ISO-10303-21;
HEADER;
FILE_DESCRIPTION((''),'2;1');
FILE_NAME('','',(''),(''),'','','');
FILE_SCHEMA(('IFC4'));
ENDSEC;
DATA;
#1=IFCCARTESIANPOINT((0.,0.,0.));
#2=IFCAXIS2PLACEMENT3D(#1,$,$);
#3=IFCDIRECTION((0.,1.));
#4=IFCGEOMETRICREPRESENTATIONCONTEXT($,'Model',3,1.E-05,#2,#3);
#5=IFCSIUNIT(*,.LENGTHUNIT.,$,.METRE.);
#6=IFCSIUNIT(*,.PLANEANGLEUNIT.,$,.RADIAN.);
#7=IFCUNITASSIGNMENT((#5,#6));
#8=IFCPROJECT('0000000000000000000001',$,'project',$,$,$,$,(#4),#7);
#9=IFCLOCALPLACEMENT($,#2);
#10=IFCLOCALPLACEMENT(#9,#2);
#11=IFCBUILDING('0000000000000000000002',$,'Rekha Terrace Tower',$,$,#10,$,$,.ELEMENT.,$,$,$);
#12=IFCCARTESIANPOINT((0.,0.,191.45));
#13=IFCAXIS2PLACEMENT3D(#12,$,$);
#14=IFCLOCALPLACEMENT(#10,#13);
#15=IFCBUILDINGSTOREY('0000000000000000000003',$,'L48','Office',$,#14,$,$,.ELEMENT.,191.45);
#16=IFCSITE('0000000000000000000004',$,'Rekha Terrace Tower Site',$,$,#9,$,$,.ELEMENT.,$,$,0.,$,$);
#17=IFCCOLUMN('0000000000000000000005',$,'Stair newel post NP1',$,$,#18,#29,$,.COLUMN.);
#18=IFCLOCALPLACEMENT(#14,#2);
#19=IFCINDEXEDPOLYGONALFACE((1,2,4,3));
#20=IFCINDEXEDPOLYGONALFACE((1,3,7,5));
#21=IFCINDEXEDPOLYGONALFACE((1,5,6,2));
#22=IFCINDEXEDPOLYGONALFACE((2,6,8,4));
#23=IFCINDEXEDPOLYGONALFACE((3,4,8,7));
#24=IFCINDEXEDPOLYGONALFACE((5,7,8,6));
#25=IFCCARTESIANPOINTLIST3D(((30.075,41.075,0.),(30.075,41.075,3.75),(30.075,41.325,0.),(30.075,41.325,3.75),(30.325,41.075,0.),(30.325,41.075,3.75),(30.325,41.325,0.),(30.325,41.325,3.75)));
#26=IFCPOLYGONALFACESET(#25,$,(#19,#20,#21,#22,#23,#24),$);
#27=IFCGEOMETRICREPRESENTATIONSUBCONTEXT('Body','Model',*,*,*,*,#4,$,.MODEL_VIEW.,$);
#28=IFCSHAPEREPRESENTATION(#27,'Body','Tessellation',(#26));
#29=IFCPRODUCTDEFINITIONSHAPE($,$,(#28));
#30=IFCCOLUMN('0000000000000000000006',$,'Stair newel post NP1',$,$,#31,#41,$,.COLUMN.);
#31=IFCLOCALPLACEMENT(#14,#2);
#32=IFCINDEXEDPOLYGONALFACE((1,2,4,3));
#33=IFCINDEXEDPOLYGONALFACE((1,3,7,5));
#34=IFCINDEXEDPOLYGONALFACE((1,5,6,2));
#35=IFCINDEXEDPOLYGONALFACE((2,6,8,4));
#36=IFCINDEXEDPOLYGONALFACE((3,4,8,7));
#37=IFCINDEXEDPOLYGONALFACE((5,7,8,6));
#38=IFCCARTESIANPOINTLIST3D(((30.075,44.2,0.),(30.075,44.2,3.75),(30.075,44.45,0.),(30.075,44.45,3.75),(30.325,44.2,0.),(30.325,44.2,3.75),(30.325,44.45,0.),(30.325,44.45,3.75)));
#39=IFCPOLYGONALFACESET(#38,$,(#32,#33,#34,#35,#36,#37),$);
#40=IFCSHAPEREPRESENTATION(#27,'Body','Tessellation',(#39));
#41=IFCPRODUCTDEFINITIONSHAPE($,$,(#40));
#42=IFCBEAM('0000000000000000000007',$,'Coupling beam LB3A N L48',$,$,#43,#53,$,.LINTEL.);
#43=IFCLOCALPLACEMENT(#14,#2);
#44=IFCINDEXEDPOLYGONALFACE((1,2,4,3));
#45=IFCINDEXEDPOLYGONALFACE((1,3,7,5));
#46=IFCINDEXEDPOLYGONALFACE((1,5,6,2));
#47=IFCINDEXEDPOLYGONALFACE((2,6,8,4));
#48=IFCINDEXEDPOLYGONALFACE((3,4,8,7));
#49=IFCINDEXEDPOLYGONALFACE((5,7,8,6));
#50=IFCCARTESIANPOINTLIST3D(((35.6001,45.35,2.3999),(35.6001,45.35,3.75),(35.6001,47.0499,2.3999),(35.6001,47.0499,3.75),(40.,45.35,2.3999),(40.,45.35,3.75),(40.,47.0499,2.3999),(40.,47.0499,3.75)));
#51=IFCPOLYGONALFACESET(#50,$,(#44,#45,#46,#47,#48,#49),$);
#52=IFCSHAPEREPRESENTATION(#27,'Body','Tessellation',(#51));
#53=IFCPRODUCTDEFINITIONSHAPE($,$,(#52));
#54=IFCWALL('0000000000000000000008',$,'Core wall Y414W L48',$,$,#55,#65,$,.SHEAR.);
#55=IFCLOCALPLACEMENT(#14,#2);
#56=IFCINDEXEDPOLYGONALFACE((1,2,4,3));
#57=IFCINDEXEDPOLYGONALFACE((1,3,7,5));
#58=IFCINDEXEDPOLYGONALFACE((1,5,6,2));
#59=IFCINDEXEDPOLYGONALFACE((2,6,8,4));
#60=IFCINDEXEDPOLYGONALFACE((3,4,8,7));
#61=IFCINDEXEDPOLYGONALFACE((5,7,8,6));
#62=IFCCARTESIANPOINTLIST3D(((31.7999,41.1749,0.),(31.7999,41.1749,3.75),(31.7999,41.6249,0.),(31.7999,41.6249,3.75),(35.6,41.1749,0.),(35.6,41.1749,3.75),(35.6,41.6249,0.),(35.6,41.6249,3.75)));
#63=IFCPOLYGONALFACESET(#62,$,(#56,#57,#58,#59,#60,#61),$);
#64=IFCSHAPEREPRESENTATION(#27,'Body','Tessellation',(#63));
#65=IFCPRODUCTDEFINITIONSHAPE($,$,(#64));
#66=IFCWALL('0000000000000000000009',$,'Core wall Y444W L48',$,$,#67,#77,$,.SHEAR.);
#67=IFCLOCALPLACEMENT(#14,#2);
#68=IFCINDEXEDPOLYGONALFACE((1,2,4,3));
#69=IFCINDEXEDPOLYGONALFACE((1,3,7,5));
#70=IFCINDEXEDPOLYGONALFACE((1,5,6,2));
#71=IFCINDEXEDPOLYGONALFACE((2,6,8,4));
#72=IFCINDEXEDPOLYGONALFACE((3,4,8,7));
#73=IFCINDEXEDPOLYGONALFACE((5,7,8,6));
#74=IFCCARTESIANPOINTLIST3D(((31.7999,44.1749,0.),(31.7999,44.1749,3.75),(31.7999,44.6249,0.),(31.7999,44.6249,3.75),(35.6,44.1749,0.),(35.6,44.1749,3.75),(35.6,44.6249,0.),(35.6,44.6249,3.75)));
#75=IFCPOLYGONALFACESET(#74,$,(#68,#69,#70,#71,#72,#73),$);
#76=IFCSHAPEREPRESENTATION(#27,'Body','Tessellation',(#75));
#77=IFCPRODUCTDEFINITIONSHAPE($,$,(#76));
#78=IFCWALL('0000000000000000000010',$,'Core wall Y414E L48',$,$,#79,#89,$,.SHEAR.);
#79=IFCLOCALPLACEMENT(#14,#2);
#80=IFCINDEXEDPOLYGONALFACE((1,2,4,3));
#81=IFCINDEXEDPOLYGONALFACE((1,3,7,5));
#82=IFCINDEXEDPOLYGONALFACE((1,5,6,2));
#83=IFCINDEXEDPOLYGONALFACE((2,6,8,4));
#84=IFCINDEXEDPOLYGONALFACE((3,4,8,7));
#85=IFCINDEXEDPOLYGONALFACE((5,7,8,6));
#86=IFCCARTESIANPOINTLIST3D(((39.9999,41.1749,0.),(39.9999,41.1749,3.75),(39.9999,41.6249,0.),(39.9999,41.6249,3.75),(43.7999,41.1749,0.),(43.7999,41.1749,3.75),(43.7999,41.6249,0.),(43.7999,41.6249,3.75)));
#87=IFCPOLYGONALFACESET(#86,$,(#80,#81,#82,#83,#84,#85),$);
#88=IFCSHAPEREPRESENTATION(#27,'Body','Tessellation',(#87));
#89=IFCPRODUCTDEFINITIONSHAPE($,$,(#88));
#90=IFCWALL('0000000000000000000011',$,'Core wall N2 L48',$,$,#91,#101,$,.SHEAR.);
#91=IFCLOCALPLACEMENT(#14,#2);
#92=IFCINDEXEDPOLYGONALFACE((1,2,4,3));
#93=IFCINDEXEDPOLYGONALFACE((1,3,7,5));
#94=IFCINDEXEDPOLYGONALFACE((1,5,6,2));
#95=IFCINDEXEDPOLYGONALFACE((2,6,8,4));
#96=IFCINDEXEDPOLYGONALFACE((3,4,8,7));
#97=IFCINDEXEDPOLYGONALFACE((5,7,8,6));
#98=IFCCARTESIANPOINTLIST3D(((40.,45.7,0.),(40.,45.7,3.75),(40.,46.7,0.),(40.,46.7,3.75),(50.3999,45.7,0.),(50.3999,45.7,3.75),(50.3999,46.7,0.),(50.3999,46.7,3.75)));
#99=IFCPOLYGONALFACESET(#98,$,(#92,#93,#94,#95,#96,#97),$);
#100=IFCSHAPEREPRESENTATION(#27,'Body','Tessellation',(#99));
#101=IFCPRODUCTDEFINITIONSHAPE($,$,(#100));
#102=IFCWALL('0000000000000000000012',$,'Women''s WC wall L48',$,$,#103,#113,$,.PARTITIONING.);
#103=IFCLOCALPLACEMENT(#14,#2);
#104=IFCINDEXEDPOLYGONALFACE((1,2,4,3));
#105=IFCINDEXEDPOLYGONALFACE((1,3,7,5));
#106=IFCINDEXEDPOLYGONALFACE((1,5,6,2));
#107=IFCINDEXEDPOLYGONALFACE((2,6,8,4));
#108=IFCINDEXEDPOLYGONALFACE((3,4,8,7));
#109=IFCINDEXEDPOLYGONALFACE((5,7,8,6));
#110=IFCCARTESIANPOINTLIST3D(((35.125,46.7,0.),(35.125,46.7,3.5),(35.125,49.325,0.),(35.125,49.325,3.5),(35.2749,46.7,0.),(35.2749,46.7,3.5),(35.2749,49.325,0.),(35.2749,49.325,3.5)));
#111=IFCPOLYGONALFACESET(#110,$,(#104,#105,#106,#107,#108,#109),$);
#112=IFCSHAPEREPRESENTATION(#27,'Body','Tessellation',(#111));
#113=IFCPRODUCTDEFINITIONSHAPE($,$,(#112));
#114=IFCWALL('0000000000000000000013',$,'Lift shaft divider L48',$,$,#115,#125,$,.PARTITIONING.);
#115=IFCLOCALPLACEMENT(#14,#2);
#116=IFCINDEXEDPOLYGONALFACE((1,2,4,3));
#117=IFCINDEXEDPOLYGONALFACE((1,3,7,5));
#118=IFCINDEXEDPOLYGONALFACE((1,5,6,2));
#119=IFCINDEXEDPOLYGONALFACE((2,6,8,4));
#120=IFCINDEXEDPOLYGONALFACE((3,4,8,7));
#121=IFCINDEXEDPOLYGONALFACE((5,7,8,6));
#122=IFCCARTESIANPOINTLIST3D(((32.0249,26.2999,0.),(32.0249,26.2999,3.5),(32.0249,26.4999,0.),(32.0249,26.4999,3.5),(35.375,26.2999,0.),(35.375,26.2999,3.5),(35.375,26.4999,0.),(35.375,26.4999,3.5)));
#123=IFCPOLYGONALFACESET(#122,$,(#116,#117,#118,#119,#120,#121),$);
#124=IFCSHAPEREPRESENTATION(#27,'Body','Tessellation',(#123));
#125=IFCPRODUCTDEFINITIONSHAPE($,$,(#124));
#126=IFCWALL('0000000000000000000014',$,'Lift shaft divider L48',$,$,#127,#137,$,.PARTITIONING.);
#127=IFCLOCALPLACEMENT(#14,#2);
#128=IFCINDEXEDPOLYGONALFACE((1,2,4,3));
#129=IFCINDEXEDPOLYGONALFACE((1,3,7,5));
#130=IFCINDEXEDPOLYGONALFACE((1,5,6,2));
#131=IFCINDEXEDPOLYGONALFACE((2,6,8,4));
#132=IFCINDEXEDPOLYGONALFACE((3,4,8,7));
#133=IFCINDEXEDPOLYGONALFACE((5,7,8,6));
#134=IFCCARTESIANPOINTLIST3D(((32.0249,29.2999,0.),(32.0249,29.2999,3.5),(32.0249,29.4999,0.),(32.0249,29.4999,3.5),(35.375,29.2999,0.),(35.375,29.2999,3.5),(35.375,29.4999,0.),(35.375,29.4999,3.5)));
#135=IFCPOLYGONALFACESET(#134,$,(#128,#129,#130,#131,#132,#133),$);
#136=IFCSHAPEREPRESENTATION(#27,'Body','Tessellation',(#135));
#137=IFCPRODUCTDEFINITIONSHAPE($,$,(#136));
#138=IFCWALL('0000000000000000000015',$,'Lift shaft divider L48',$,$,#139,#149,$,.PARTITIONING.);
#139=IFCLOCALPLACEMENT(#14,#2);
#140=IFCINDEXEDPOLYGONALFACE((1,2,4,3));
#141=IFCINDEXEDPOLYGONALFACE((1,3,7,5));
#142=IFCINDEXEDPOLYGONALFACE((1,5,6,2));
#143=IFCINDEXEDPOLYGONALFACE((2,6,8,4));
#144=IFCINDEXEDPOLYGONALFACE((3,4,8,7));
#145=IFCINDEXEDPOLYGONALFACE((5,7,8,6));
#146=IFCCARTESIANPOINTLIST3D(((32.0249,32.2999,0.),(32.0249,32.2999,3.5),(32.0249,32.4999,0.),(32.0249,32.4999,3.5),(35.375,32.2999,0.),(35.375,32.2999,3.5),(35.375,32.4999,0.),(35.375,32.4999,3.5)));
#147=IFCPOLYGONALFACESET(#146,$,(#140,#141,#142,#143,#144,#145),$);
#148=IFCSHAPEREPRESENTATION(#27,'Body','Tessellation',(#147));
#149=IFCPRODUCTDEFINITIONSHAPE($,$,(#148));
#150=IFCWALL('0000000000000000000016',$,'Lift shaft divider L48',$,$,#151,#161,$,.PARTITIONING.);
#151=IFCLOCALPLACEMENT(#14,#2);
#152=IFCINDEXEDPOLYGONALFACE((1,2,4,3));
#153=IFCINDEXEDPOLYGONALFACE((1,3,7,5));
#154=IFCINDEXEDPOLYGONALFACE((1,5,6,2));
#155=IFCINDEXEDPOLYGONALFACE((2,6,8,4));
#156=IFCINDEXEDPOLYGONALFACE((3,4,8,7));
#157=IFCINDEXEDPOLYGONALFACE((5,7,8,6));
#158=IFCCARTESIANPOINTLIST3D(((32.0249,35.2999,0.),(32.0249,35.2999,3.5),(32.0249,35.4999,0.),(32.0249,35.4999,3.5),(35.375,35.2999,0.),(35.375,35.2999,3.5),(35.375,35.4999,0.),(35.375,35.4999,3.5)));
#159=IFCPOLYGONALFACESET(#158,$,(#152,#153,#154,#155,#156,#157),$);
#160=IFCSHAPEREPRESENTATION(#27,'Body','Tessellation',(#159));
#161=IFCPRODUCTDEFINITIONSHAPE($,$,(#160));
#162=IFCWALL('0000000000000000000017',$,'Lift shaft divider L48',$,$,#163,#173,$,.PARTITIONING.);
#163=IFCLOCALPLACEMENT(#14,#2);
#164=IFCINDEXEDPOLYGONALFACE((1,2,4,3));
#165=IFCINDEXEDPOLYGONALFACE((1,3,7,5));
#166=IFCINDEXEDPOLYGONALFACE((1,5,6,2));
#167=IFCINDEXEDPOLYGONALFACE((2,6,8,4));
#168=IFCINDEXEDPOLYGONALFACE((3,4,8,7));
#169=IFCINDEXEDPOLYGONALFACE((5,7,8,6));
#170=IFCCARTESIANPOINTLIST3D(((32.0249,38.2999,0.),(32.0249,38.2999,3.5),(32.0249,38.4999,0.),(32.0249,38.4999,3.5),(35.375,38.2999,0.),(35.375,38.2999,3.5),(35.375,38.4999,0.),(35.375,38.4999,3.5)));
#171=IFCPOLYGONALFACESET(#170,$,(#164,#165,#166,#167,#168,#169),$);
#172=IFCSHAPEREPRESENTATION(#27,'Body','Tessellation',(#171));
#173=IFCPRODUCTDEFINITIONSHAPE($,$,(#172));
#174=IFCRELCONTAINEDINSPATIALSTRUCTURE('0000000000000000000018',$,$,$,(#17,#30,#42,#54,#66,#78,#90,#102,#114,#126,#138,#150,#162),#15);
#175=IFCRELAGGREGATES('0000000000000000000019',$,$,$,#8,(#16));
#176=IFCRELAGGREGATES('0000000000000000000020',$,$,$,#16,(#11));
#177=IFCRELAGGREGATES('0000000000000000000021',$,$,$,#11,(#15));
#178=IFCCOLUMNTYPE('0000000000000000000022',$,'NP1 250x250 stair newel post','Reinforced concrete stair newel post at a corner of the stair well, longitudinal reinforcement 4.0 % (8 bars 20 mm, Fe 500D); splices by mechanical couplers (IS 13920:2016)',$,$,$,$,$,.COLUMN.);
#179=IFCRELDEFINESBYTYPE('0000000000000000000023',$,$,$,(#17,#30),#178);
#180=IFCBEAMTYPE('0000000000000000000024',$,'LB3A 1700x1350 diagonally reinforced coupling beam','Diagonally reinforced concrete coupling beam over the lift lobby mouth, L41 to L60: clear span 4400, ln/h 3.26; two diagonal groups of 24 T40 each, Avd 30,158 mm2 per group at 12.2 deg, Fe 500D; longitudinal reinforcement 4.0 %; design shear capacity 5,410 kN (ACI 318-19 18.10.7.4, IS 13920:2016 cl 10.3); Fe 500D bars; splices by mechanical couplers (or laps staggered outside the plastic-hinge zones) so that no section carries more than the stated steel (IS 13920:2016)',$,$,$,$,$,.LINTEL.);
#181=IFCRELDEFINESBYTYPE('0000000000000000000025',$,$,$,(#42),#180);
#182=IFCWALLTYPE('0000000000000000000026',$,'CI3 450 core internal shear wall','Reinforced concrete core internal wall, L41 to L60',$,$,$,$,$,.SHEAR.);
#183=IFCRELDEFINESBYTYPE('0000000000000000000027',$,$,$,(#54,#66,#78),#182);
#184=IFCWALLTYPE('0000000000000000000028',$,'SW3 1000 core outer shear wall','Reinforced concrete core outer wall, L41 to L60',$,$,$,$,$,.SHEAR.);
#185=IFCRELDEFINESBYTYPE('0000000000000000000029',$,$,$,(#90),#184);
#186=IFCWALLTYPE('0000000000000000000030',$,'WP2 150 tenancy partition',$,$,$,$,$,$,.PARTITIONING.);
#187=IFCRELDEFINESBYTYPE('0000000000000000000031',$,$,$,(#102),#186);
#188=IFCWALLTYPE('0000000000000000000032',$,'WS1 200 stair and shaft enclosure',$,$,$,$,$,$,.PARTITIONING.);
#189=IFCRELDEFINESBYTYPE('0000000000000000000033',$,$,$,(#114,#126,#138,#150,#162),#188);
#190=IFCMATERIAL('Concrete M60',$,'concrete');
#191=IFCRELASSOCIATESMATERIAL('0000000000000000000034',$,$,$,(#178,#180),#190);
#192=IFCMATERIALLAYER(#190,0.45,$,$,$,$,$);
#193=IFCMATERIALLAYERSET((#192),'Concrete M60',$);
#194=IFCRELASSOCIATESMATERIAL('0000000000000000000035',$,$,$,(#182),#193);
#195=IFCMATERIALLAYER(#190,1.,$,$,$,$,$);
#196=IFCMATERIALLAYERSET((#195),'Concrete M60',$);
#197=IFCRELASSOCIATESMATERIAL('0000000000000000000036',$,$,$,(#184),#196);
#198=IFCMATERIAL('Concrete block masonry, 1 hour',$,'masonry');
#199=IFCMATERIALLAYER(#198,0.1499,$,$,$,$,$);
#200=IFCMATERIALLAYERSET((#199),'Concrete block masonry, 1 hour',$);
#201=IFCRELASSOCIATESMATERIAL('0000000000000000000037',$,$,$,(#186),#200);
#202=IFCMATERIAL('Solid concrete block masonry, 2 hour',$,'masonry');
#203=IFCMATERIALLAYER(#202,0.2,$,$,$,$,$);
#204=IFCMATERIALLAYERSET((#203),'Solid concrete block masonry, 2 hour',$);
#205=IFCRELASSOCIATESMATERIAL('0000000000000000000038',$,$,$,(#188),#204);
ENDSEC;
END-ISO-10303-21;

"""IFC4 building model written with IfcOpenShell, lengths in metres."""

from ifc_helpers import new_model, si_unit, direction, frame, frame_2d, origin, origin_2d, place, context, subcontext, project, spatial, rectangle, extrude, material, layer, layer_set, material_profile, profile_set, type_object, element, save


model = new_model("IFC4")

# Units and contexts
model_context = context("Model", 3, precision=1e-05, world=origin(), true_north=direction((0.0, 1.0)))
body_context = subcontext(model_context, "Body", "Model", "MODEL_VIEW")
ifc_project = project(units=[si_unit("LENGTHUNIT", "METRE"), si_unit("PLANEANGLEUNIT", "RADIAN")], contexts=[model_context])

# Site, building, storey
site_placement = place(None, origin())
site = spatial("IfcSite", under=ifc_project, at=site_placement, Name="Rekha Terrace Tower Site", CompositionType="ELEMENT", RefElevation=0.0)
building_placement = place(site_placement, origin())
building = spatial("IfcBuilding", under=site, at=building_placement, Name="Rekha Terrace Tower", CompositionType="ELEMENT")
storey_placement = place(building_placement, frame((0.0, 0.0, 191.45)))
storey = spatial("IfcBuildingStorey", under=building, at=storey_placement, Name="L48", Description="Office", CompositionType="ELEMENT", Elevation=191.45)

# Columns
ifc_material_1 = material(Name="Concrete M60", Category="concrete")
ifc_material_profile_1 = material_profile(ifc_material_1, rectangle(XDim=0.25, YDim=0.25, at=origin_2d()), Name="RC 250x250")
ifc_profile_set_1 = profile_set([ifc_material_profile_1], Name="Concrete M60")
column_type = type_object("IfcColumnType", Name="NP1 250x250 stair newel post", Description="Reinforced concrete stair newel post at a corner of the stair well, longitudinal reinforcement 4.0 % (8 bars 20 mm, Fe 500D); splices by mechanical couplers (IS 13920:2016)", PredefinedType="COLUMN", material=ifc_profile_set_1)
for number, where, z_axis, x_axis, name in (
    (1, (30.2, 41.2, 0.0), (0.0, 0.0, 1.0), (1.0, 0.0, 0.0), "Stair newel post NP1"),
    (2, (30.2, 44.325, 0.0), (0.0, 0.0, 1.0), (1.0, 0.0, 0.0), "Stair newel post NP1"),
):
    element("IfcColumn", number, at=place(storey_placement, frame(where, z_axis=z_axis, x_axis=x_axis)), inside=storey, type_object=column_type, Name=name, PredefinedType="COLUMN", context=body_context, shape_type="SweptSolid", body=[
        extrude(rectangle(XDim=0.25, YDim=0.25, at=origin_2d()), origin(), (0.0, 0.0, 1.0), 3.75),
    ])

# Beam
ifc_material_profile_2 = material_profile(ifc_material_1, rectangle(XDim=1.7, YDim=1.3501, at=origin_2d()), Name="RC 1700x1350")
ifc_profile_set_2 = profile_set([ifc_material_profile_2], Name="Concrete M60")
beam_type = type_object("IfcBeamType", Name="LB3A 1700x1350 diagonally reinforced coupling beam", Description="Diagonally reinforced concrete coupling beam over the lift lobby mouth, L41 to L60: clear span 4400, ln/h 3.26; two diagonal groups of 24 T40 each, Avd 30,158 mm2 per group at 12.2 deg, Fe 500D; longitudinal reinforcement 4.0 %; design shear capacity 5,410 kN (ACI 318-19 18.10.7.4, IS 13920:2016 cl 10.3); Fe 500D bars; splices by mechanical couplers (or laps staggered outside the plastic-hinge zones) so that no section carries more than the stated steel (IS 13920:2016)", PredefinedType="LINTEL", material=ifc_profile_set_2)
beam_placement = place(storey_placement, frame((35.6001, 46.2, 3.075), z_axis=(1.0, 0.0, 0.0), x_axis=(0.0, 1.0, 0.0)))
element("IfcBeam", 3, at=beam_placement, inside=storey, type_object=beam_type, Name="Coupling beam LB3A N L48", PredefinedType="LINTEL", context=body_context, shape_type="SweptSolid", body=[
    extrude(rectangle(XDim=1.7, YDim=1.3501, at=origin_2d()), origin(), (0.0, 0.0, 1.0), 4.3999),
])

# Walls
ifc_layer_1 = layer(ifc_material_1, 0.45)
ifc_layer_set_1 = layer_set([ifc_layer_1], Name="Concrete M60")
wall_type_1 = type_object("IfcWallType", Name="CI3 450 core internal shear wall", Description="Reinforced concrete core internal wall, L41 to L60", PredefinedType="SHEAR", material=ifc_layer_set_1)
for number, where, z_axis, x_axis, name in (
    (4, (31.8, 41.3999, 0.0), (0.0, 0.0, 1.0), (1.0, 0.0, 0.0), "Core wall Y414W L48"),
    (5, (31.8, 44.3999, 0.0), (0.0, 0.0, 1.0), (1.0, 0.0, 0.0), "Core wall Y444W L48"),
    (6, (40.0, 41.3999, 0.0), (0.0, 0.0, 1.0), (1.0, 0.0, 0.0), "Core wall Y414E L48"),
):
    element("IfcWall", number, at=place(storey_placement, frame(where, z_axis=z_axis, x_axis=x_axis)), inside=storey, type_object=wall_type_1, Name=name, PredefinedType="SHEAR", context=body_context, shape_type="SweptSolid", body=[
        extrude(rectangle(XDim=3.8, YDim=0.45, at=frame_2d((1.8999, 0.0))), origin(), (0.0, 0.0, 1.0), 3.75),
    ])
ifc_layer_2 = layer(ifc_material_1, 1.0)
ifc_layer_set_2 = layer_set([ifc_layer_2], Name="Concrete M60")
wall_type_2 = type_object("IfcWallType", Name="SW3 1000 core outer shear wall", Description="Reinforced concrete core outer wall, L41 to L60", PredefinedType="SHEAR", material=ifc_layer_set_2)
wall_1_placement = place(storey_placement, frame((40.0, 46.2, 0.0), z_axis=(0.0, 0.0, 1.0), x_axis=(1.0, 0.0, 0.0)))
element("IfcWall", 7, at=wall_1_placement, inside=storey, type_object=wall_type_2, Name="Core wall N2 L48", PredefinedType="SHEAR", context=body_context, shape_type="SweptSolid", body=[
    extrude(rectangle(XDim=10.3999, YDim=1.0, at=frame_2d((5.2, 0.0))), origin(), (0.0, 0.0, 1.0), 3.75),
])
ifc_material_2 = material(Name="Concrete block masonry, 1 hour", Category="masonry")
ifc_layer_3 = layer(ifc_material_2, 0.1499)
ifc_layer_set_3 = layer_set([ifc_layer_3], Name="Concrete block masonry, 1 hour")
wall_type_3 = type_object("IfcWallType", Name="WP2 150 tenancy partition", PredefinedType="PARTITIONING", material=ifc_layer_set_3)
wall_2_placement = place(storey_placement, frame((35.2, 46.7, 0.0), z_axis=(0.0, 0.0, 1.0), x_axis=(0.0, 1.0, 0.0)))
element("IfcWall", 8, at=wall_2_placement, inside=storey, type_object=wall_type_3, Name="Women's WC wall L48", PredefinedType="PARTITIONING", context=body_context, shape_type="SweptSolid", body=[
    extrude(rectangle(XDim=2.625, YDim=0.1499, at=frame_2d((1.3125, 0.0))), origin(), (0.0, 0.0, 1.0), 3.5),
])
ifc_material_3 = material(Name="Solid concrete block masonry, 2 hour", Category="masonry")
ifc_layer_4 = layer(ifc_material_3, 0.2)
ifc_layer_set_4 = layer_set([ifc_layer_4], Name="Solid concrete block masonry, 2 hour")
wall_type_4 = type_object("IfcWallType", Name="WS1 200 stair and shaft enclosure", PredefinedType="PARTITIONING", material=ifc_layer_set_4)
for number, where, z_axis, x_axis, name in (
    (9, (32.0249, 26.3999, 0.0), (0.0, 0.0, 1.0), (1.0, 0.0, 0.0), "Lift shaft divider L48"),
    (10, (32.0249, 29.3999, 0.0), (0.0, 0.0, 1.0), (1.0, 0.0, 0.0), "Lift shaft divider L48"),
    (11, (32.0249, 32.3999, 0.0), (0.0, 0.0, 1.0), (1.0, 0.0, 0.0), "Lift shaft divider L48"),
    (12, (32.0249, 35.3999, 0.0), (0.0, 0.0, 1.0), (1.0, 0.0, 0.0), "Lift shaft divider L48"),
    (13, (32.0249, 38.3999, 0.0), (0.0, 0.0, 1.0), (1.0, 0.0, 0.0), "Lift shaft divider L48"),
):
    element("IfcWall", number, at=place(storey_placement, frame(where, z_axis=z_axis, x_axis=x_axis)), inside=storey, type_object=wall_type_4, Name=name, PredefinedType="PARTITIONING", context=body_context, shape_type="SweptSolid", body=[
        extrude(rectangle(XDim=3.3501, YDim=0.2, at=frame_2d((1.675, 0.0))), origin(), (0.0, 0.0, 1.0), 3.5),
    ])

save(model, "model.ifc")
